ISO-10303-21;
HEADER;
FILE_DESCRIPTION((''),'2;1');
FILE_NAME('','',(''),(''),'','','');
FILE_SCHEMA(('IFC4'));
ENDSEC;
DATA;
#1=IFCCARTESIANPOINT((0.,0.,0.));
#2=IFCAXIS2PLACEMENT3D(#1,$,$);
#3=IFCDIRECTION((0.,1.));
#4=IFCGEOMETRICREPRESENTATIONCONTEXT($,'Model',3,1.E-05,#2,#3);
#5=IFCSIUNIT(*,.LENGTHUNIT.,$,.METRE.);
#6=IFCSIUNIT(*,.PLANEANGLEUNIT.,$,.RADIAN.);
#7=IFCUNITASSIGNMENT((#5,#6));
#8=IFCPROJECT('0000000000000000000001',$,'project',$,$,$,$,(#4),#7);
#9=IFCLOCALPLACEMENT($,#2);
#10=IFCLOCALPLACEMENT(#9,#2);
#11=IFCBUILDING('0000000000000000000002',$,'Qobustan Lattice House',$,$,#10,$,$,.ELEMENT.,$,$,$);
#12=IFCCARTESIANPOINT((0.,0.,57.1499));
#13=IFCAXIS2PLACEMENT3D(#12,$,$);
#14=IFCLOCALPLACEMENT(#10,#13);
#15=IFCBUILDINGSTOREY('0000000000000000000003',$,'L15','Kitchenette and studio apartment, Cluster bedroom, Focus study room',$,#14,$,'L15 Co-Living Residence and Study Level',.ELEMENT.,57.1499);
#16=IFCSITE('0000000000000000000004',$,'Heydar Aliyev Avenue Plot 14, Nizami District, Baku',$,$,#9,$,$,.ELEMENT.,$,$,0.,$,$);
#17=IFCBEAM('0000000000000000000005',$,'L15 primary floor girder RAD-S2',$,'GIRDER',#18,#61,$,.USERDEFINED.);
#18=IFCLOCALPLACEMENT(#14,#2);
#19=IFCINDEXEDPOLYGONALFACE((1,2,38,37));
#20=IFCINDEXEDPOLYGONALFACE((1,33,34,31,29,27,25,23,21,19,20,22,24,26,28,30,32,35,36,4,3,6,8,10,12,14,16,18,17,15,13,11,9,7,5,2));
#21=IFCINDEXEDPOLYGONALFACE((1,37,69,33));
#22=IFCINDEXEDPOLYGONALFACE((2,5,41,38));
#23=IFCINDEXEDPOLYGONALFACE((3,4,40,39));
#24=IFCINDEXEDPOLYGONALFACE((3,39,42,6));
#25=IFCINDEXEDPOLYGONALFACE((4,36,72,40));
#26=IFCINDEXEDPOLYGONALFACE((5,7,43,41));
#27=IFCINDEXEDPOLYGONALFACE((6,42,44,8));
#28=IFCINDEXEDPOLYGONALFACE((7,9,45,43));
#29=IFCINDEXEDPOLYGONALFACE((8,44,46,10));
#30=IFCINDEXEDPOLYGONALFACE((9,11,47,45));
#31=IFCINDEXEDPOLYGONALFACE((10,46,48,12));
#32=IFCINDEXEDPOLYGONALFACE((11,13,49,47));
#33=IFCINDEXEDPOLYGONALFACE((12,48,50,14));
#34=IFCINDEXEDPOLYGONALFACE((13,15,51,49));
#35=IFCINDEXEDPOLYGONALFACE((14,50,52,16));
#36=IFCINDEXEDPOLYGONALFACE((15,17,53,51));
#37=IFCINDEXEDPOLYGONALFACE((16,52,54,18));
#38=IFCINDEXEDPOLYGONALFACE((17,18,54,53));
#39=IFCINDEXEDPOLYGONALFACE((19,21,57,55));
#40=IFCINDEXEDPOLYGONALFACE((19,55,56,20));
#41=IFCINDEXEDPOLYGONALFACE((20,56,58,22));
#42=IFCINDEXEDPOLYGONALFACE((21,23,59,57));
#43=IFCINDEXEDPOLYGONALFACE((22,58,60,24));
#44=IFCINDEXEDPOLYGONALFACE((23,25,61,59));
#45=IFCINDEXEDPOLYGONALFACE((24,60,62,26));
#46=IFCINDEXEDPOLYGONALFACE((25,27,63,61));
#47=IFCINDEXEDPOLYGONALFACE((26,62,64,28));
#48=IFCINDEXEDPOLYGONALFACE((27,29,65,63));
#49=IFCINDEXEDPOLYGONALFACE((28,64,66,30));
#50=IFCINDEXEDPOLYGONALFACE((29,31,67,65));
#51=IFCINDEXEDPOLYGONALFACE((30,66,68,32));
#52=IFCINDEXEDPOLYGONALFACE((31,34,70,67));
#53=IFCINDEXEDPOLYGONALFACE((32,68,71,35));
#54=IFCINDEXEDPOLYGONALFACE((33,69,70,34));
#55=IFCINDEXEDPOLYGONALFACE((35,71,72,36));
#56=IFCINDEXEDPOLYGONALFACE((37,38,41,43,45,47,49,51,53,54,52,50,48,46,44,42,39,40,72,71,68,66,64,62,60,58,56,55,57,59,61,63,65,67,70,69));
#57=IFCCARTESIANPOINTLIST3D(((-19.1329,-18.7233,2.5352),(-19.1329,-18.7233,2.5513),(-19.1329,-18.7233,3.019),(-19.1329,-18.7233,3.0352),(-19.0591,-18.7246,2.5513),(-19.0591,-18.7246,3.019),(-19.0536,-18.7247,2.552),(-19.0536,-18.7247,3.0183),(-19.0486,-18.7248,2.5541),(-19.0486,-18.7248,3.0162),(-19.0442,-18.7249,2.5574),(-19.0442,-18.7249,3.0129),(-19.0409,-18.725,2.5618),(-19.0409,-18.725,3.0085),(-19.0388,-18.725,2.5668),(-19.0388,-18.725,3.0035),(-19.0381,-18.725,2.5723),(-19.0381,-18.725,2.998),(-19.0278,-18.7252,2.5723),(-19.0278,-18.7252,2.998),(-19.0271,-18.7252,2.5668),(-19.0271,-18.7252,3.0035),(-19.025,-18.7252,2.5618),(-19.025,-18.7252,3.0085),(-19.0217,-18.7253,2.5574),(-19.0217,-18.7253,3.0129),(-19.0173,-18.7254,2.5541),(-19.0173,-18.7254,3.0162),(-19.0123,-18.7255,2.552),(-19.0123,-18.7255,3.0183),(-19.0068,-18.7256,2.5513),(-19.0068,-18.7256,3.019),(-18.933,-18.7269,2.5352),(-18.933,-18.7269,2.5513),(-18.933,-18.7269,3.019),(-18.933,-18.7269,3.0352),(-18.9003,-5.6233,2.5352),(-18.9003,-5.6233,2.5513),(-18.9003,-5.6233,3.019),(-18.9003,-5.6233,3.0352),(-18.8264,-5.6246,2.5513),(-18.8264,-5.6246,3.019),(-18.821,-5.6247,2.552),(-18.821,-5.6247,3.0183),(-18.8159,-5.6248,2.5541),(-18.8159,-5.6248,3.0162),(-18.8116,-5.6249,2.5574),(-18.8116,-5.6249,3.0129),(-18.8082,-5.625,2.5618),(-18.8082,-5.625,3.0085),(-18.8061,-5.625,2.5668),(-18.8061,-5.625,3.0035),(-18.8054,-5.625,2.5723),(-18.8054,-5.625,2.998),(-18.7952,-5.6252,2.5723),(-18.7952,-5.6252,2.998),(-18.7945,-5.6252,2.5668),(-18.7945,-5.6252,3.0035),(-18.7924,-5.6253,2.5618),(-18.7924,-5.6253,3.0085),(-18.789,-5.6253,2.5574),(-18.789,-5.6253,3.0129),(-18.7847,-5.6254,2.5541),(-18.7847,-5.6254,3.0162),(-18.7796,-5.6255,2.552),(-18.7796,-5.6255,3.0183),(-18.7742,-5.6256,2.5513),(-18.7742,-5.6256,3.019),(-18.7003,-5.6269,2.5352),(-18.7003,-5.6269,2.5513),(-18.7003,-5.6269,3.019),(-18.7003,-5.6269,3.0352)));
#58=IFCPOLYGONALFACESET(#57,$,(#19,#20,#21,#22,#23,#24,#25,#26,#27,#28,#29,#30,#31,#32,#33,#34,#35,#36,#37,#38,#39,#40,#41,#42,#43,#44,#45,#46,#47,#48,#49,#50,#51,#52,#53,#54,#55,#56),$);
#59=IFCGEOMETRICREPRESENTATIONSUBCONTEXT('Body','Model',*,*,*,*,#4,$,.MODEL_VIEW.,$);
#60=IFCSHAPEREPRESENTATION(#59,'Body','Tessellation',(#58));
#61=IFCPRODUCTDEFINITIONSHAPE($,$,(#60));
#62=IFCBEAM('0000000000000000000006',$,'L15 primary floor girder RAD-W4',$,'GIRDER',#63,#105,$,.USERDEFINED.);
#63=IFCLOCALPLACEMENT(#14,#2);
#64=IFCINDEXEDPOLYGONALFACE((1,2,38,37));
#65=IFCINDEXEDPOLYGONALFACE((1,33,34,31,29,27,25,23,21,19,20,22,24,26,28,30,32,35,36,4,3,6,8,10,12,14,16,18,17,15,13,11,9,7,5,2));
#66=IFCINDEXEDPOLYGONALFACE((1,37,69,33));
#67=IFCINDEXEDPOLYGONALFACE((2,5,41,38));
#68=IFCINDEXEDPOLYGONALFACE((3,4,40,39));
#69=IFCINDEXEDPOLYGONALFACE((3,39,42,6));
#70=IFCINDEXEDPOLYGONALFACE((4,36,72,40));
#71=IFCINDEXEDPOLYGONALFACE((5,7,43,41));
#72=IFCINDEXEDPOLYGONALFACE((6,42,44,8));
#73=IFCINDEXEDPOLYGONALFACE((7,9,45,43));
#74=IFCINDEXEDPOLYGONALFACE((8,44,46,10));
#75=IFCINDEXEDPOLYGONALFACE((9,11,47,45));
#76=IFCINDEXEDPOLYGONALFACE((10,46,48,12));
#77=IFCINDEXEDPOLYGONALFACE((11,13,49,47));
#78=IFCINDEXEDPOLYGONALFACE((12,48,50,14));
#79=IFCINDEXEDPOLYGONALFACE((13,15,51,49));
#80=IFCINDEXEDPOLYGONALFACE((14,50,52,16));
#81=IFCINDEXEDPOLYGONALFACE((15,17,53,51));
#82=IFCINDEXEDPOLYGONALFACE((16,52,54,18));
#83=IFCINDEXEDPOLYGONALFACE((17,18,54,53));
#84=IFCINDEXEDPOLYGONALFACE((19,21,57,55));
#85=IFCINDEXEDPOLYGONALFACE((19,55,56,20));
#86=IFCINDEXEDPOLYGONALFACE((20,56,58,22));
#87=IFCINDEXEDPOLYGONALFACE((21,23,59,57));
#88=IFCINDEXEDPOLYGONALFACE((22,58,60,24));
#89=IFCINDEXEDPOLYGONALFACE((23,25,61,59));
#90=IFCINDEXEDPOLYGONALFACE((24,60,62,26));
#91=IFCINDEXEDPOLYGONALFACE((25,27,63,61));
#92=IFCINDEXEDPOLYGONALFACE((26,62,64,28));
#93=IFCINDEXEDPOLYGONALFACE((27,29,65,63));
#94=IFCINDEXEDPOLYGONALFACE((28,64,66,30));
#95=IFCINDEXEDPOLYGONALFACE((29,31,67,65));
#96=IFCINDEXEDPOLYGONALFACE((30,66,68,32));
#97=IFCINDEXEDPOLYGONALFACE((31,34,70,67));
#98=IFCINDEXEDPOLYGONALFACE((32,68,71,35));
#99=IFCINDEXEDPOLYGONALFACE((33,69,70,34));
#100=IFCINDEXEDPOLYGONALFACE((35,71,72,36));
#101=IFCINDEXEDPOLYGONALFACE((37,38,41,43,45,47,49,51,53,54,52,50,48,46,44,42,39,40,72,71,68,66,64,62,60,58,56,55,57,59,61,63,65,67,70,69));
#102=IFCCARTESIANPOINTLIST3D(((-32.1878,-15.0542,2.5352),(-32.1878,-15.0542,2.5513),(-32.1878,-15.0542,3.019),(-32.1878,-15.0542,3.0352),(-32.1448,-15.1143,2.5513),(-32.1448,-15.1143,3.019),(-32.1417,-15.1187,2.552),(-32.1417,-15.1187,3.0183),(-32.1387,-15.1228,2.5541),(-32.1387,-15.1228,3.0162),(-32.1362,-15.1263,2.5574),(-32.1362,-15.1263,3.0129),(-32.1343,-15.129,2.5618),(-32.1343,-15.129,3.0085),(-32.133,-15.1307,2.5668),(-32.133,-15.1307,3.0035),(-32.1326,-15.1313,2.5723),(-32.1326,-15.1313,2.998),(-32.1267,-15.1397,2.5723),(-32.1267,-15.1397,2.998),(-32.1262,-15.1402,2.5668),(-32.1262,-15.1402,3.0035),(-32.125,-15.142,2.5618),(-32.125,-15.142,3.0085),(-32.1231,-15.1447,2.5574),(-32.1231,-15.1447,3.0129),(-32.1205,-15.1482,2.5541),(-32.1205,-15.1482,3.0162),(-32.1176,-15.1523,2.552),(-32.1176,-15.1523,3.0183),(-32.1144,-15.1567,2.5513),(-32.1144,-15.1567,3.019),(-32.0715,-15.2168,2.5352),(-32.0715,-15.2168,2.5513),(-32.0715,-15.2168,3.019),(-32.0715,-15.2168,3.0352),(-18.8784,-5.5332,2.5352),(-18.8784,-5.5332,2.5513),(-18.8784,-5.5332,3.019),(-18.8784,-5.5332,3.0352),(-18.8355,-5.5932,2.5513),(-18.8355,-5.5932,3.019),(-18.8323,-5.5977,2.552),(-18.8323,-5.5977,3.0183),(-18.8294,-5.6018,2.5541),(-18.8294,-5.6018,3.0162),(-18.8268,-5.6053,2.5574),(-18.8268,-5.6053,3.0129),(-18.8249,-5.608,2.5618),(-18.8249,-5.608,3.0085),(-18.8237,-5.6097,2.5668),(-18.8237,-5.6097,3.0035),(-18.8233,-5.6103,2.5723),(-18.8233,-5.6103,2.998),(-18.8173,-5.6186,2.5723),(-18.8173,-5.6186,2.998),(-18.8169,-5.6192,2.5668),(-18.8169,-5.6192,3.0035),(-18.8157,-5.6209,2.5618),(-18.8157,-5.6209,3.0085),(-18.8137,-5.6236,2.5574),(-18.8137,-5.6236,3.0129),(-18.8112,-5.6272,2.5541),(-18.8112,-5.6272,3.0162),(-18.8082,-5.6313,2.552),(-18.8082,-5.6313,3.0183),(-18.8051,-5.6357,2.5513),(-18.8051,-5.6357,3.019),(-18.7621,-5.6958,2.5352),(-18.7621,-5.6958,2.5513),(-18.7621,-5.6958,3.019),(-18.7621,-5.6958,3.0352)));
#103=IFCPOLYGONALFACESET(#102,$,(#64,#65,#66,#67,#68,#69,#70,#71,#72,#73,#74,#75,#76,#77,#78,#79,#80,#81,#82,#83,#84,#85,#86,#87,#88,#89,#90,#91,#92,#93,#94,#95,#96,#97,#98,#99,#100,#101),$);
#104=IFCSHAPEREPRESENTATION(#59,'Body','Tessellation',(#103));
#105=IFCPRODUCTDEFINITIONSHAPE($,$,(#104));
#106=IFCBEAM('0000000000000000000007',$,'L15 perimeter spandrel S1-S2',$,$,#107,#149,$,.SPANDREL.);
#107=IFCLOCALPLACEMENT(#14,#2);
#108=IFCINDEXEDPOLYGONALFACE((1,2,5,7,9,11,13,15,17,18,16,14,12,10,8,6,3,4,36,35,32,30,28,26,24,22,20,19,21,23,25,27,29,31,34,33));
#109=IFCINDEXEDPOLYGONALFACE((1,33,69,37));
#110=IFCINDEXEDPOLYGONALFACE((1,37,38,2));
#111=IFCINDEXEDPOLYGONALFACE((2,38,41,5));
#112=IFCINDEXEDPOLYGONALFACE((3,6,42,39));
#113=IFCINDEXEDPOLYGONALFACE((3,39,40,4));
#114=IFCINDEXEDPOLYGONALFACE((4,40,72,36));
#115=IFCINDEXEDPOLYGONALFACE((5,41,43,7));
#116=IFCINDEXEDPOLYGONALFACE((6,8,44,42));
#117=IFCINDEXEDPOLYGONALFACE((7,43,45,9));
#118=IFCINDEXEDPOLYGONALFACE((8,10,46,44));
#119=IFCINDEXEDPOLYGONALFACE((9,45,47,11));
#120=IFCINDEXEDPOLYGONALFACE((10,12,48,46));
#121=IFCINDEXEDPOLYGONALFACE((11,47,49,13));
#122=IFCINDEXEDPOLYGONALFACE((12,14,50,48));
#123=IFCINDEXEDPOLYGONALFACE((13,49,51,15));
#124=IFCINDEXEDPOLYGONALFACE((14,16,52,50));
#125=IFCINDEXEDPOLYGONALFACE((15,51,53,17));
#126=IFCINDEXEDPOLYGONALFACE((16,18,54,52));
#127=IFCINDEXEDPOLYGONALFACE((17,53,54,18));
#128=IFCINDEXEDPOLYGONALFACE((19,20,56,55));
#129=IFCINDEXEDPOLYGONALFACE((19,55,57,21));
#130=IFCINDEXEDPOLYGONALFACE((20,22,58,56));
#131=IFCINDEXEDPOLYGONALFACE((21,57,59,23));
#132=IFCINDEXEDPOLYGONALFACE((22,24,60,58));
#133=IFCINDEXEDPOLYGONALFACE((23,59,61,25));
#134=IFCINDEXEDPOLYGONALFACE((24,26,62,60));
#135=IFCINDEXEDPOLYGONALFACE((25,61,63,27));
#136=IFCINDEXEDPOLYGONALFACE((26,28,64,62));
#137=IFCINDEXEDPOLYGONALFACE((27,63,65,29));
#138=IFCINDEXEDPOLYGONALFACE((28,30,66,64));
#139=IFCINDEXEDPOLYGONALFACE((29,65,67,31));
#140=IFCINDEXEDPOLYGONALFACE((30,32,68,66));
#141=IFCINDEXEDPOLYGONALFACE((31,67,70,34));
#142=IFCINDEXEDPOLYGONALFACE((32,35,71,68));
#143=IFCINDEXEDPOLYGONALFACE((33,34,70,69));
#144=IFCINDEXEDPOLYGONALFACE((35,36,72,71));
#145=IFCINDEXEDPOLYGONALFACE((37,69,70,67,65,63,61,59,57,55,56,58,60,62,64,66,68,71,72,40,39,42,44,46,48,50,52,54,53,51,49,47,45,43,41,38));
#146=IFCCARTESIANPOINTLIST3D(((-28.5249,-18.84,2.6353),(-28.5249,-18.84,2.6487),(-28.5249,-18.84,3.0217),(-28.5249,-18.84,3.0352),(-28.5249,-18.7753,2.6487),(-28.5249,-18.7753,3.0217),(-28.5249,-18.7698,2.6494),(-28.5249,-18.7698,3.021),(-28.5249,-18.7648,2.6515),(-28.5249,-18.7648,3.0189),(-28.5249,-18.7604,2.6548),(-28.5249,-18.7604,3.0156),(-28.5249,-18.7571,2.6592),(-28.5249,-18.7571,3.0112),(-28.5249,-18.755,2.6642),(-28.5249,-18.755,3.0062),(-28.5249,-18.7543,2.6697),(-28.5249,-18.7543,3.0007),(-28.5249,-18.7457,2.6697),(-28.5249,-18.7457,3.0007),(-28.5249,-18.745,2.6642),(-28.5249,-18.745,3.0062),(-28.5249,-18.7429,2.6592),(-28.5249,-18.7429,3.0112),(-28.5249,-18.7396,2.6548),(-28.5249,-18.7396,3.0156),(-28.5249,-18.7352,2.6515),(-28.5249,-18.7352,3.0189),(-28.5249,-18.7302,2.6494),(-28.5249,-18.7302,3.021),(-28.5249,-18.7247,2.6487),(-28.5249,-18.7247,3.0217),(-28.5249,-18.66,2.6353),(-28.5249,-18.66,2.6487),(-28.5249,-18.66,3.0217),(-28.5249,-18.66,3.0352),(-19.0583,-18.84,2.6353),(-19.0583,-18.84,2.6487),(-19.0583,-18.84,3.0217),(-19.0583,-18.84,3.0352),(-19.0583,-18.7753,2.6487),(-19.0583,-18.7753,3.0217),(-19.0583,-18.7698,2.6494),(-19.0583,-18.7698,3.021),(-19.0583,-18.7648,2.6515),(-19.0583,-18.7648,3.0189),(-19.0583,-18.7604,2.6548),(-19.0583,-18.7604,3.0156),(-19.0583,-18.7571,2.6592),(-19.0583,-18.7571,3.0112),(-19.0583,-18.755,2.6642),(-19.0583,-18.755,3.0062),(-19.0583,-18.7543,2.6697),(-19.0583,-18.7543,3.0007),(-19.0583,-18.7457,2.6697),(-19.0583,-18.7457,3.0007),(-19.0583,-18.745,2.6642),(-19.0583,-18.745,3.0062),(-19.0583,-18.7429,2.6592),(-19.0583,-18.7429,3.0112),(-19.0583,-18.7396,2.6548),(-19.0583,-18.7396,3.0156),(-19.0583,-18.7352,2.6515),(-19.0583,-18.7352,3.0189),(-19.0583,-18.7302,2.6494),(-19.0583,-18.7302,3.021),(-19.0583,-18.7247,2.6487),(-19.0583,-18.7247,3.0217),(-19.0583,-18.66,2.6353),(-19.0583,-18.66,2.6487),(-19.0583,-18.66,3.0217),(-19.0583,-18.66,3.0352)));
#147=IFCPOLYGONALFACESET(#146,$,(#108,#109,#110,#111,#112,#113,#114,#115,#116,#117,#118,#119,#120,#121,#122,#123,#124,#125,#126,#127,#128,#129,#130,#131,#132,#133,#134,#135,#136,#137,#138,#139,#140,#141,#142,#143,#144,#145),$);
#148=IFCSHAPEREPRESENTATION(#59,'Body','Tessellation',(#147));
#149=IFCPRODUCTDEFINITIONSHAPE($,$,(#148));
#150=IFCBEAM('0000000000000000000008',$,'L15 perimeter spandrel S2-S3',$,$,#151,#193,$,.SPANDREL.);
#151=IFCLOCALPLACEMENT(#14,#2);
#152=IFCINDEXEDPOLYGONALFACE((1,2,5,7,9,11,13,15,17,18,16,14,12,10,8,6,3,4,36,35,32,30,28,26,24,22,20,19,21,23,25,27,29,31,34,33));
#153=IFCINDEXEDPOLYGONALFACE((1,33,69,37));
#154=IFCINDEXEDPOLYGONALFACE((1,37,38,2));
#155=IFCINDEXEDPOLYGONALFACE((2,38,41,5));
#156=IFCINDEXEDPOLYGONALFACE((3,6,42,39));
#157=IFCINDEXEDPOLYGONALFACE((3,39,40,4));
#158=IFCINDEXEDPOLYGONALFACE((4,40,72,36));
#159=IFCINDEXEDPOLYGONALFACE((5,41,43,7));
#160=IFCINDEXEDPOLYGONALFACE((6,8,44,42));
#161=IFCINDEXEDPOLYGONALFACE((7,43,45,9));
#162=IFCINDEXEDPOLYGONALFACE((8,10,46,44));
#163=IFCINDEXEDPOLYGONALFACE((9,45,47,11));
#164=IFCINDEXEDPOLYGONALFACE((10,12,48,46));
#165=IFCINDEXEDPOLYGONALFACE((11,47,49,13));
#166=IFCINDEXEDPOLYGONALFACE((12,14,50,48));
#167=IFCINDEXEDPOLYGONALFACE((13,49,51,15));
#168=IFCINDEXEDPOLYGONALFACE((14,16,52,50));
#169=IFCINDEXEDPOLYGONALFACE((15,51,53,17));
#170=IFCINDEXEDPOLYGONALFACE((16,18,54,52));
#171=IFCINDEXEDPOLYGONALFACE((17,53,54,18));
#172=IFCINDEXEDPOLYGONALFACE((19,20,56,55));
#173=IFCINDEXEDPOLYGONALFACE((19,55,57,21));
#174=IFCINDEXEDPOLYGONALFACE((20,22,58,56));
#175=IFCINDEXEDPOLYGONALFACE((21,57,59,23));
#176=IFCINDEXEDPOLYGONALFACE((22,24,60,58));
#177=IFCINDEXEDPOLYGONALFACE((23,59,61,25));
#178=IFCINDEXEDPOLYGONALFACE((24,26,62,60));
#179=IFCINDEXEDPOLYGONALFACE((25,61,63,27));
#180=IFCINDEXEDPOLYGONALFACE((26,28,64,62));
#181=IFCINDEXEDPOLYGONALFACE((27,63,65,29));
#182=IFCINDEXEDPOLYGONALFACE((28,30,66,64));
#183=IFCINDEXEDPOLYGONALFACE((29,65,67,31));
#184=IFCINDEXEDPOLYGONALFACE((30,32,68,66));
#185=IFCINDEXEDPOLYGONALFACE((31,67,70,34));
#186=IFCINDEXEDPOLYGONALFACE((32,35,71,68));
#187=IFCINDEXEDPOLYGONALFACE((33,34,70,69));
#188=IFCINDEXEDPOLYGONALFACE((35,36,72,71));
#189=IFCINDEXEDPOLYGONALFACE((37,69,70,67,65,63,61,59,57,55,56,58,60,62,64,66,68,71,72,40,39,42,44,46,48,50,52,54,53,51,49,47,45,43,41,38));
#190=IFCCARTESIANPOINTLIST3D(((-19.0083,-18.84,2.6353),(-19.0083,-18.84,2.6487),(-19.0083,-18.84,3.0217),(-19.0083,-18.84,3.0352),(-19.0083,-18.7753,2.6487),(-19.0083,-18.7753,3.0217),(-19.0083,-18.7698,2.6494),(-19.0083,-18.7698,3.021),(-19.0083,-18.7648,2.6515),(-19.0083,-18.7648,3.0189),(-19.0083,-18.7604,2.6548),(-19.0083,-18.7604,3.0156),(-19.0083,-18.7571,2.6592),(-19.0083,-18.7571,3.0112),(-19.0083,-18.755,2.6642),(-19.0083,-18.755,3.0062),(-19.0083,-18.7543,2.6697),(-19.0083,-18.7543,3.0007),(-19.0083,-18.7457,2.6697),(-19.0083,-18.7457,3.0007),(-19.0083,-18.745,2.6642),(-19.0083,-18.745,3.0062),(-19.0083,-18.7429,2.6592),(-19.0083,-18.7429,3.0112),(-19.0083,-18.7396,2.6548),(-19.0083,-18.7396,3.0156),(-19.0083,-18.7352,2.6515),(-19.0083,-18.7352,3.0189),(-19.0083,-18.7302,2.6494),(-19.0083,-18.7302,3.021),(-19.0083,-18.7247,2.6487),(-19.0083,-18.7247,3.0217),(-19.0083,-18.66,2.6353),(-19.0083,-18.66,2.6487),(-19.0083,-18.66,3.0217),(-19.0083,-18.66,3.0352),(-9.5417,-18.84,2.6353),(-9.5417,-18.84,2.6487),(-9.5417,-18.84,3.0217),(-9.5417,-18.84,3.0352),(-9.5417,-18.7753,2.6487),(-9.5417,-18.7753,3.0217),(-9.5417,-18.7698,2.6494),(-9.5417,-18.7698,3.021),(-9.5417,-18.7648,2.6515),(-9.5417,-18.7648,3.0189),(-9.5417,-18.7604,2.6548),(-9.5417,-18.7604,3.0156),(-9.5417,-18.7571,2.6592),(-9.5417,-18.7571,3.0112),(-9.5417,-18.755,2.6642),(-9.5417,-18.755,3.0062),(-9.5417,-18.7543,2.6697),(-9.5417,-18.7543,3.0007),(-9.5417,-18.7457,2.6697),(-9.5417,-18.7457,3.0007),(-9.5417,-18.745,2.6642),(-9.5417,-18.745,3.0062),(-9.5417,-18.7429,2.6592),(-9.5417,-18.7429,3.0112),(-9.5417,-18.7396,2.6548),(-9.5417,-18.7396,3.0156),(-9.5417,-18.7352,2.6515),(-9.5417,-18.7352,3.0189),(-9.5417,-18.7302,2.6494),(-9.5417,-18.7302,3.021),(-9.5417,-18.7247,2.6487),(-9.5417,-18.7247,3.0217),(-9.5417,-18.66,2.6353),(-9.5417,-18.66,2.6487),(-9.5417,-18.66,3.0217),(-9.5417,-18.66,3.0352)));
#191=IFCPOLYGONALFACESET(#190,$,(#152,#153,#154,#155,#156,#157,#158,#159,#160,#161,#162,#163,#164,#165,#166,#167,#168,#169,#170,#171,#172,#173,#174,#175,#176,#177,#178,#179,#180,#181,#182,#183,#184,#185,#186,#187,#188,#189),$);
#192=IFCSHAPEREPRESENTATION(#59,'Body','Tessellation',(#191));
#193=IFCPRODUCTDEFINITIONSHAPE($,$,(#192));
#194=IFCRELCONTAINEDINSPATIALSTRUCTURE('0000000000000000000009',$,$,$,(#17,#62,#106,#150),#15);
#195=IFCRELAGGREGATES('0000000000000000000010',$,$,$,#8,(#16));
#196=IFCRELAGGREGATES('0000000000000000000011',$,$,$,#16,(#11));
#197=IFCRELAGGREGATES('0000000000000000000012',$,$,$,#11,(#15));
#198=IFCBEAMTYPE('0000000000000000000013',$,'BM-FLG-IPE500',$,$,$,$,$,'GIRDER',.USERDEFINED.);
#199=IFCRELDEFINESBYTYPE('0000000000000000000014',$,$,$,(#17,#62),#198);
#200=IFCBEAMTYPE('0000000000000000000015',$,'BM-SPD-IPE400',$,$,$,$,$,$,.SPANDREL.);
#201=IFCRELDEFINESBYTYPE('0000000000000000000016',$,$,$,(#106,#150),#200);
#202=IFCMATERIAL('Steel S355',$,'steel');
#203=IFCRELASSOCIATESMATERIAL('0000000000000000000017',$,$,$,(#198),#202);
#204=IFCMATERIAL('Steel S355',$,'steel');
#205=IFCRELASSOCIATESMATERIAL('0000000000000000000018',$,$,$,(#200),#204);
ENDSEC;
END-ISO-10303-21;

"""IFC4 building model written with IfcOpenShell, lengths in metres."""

from ifc_helpers import new_model, si_unit, direction, frame, origin, origin_2d, place, context, subcontext, project, spatial, i_section, extrude, material, material_profile, profile_set, type_object, element, save


model = new_model("IFC4")

# Units and contexts
model_context = context("Model", 3, precision=1e-05, world=origin(), true_north=direction((0.0, 1.0)))
body_context = subcontext(model_context, "Body", "Model", "MODEL_VIEW")
ifc_project = project(units=[si_unit("LENGTHUNIT", "METRE"), si_unit("PLANEANGLEUNIT", "RADIAN")], contexts=[model_context])

# Site, building, storey
site_placement = place(None, origin())
site = spatial("IfcSite", under=ifc_project, at=site_placement, Name="Heydar Aliyev Avenue Plot 14, Nizami District, Baku", CompositionType="ELEMENT", RefElevation=0.0)
building_placement = place(site_placement, origin())
building = spatial("IfcBuilding", under=site, at=building_placement, Name="Qobustan Lattice House", CompositionType="ELEMENT")
storey_placement = place(building_placement, frame((0.0, 0.0, 57.1499)))
storey = spatial("IfcBuildingStorey", under=building, at=storey_placement, Name="L15", Description="Kitchenette and studio apartment, Cluster bedroom, Focus study room", LongName="L15 Co-Living Residence and Study Level", CompositionType="ELEMENT", Elevation=57.1499)

# Beams
ifc_material_1 = material(Name="Steel S355", Category="steel")
ifc_material_profile_1 = material_profile(ifc_material_1, i_section(OverallWidth=0.2, OverallDepth=0.5, WebThickness=0.0103, FlangeThickness=0.0161, FilletRadius=0.021, at=origin_2d()), Name="IPE500")
ifc_profile_set_1 = profile_set([ifc_material_profile_1], Name="Steel S355")
beam_type_1 = type_object("IfcBeamType", Name="BM-FLG-IPE500", ElementType="GIRDER", PredefinedType="USERDEFINED", material=ifc_profile_set_1)
beam_1_placement = place(storey_placement, frame((-19.033, -18.7251, 2.7852), z_axis=(0.017758, 0.999842, 0.0), x_axis=(-0.999842, 0.017758, 0.0)))
element("IfcBeam", 1, at=beam_1_placement, inside=storey, type_object=beam_type_1, Name="L15 primary floor girder RAD-S2", ObjectType="GIRDER", PredefinedType="USERDEFINED", context=body_context, shape_type="SweptSolid", body=[
    extrude(i_section(OverallWidth=0.2, OverallDepth=0.5, WebThickness=0.0103, FlangeThickness=0.0161, FilletRadius=0.021, at=origin_2d()), origin(), (0.0, 0.0, 1.0), 13.1021),
])
beam_2_placement = place(storey_placement, frame((-32.1296, -15.1355, 2.7852), z_axis=(0.813319, 0.581818, 0.0), x_axis=(-0.581818, 0.813319, 0.0)))
element("IfcBeam", 2, at=beam_2_placement, inside=storey, type_object=beam_type_1, Name="L15 primary floor girder RAD-W4", ObjectType="GIRDER", PredefinedType="USERDEFINED", context=body_context, shape_type="SweptSolid", body=[
    extrude(i_section(OverallWidth=0.2, OverallDepth=0.5, WebThickness=0.0103, FlangeThickness=0.0161, FilletRadius=0.021, at=origin_2d()), origin(), (0.0, 0.0, 1.0), 16.3643),
])
ifc_material_2 = material(Name="Steel S355", Category="steel")
ifc_material_profile_2 = material_profile(ifc_material_2, i_section(OverallWidth=0.1799, OverallDepth=0.3999, WebThickness=0.0085, FlangeThickness=0.0134, FilletRadius=0.021, at=origin_2d()), Name="IPE400")
ifc_profile_set_2 = profile_set([ifc_material_profile_2], Name="Steel S355")
beam_type_2 = type_object("IfcBeamType", Name="BM-SPD-IPE400", PredefinedType="SPANDREL", material=ifc_profile_set_2)
for number, where, z_axis, x_axis, name in (
    (3, (-28.5249, -18.75, 2.8352), (1.0, 0.0, 0.0), (0.0, 1.0, 0.0), "L15 perimeter spandrel S1-S2"),
    (4, (-19.0083, -18.75, 2.8352), (1.0, 0.0, 0.0), (0.0, 1.0, 0.0), "L15 perimeter spandrel S2-S3"),
):
    element("IfcBeam", number, at=place(storey_placement, frame(where, z_axis=z_axis, x_axis=x_axis)), inside=storey, type_object=beam_type_2, Name=name, PredefinedType="SPANDREL", context=body_context, shape_type="SweptSolid", body=[
        extrude(i_section(OverallWidth=0.1799, OverallDepth=0.3999, WebThickness=0.0085, FlangeThickness=0.0134, FilletRadius=0.021, at=origin_2d()), origin(), (0.0, 0.0, 1.0), 9.4666),
    ])

save(model, "model.ifc")
